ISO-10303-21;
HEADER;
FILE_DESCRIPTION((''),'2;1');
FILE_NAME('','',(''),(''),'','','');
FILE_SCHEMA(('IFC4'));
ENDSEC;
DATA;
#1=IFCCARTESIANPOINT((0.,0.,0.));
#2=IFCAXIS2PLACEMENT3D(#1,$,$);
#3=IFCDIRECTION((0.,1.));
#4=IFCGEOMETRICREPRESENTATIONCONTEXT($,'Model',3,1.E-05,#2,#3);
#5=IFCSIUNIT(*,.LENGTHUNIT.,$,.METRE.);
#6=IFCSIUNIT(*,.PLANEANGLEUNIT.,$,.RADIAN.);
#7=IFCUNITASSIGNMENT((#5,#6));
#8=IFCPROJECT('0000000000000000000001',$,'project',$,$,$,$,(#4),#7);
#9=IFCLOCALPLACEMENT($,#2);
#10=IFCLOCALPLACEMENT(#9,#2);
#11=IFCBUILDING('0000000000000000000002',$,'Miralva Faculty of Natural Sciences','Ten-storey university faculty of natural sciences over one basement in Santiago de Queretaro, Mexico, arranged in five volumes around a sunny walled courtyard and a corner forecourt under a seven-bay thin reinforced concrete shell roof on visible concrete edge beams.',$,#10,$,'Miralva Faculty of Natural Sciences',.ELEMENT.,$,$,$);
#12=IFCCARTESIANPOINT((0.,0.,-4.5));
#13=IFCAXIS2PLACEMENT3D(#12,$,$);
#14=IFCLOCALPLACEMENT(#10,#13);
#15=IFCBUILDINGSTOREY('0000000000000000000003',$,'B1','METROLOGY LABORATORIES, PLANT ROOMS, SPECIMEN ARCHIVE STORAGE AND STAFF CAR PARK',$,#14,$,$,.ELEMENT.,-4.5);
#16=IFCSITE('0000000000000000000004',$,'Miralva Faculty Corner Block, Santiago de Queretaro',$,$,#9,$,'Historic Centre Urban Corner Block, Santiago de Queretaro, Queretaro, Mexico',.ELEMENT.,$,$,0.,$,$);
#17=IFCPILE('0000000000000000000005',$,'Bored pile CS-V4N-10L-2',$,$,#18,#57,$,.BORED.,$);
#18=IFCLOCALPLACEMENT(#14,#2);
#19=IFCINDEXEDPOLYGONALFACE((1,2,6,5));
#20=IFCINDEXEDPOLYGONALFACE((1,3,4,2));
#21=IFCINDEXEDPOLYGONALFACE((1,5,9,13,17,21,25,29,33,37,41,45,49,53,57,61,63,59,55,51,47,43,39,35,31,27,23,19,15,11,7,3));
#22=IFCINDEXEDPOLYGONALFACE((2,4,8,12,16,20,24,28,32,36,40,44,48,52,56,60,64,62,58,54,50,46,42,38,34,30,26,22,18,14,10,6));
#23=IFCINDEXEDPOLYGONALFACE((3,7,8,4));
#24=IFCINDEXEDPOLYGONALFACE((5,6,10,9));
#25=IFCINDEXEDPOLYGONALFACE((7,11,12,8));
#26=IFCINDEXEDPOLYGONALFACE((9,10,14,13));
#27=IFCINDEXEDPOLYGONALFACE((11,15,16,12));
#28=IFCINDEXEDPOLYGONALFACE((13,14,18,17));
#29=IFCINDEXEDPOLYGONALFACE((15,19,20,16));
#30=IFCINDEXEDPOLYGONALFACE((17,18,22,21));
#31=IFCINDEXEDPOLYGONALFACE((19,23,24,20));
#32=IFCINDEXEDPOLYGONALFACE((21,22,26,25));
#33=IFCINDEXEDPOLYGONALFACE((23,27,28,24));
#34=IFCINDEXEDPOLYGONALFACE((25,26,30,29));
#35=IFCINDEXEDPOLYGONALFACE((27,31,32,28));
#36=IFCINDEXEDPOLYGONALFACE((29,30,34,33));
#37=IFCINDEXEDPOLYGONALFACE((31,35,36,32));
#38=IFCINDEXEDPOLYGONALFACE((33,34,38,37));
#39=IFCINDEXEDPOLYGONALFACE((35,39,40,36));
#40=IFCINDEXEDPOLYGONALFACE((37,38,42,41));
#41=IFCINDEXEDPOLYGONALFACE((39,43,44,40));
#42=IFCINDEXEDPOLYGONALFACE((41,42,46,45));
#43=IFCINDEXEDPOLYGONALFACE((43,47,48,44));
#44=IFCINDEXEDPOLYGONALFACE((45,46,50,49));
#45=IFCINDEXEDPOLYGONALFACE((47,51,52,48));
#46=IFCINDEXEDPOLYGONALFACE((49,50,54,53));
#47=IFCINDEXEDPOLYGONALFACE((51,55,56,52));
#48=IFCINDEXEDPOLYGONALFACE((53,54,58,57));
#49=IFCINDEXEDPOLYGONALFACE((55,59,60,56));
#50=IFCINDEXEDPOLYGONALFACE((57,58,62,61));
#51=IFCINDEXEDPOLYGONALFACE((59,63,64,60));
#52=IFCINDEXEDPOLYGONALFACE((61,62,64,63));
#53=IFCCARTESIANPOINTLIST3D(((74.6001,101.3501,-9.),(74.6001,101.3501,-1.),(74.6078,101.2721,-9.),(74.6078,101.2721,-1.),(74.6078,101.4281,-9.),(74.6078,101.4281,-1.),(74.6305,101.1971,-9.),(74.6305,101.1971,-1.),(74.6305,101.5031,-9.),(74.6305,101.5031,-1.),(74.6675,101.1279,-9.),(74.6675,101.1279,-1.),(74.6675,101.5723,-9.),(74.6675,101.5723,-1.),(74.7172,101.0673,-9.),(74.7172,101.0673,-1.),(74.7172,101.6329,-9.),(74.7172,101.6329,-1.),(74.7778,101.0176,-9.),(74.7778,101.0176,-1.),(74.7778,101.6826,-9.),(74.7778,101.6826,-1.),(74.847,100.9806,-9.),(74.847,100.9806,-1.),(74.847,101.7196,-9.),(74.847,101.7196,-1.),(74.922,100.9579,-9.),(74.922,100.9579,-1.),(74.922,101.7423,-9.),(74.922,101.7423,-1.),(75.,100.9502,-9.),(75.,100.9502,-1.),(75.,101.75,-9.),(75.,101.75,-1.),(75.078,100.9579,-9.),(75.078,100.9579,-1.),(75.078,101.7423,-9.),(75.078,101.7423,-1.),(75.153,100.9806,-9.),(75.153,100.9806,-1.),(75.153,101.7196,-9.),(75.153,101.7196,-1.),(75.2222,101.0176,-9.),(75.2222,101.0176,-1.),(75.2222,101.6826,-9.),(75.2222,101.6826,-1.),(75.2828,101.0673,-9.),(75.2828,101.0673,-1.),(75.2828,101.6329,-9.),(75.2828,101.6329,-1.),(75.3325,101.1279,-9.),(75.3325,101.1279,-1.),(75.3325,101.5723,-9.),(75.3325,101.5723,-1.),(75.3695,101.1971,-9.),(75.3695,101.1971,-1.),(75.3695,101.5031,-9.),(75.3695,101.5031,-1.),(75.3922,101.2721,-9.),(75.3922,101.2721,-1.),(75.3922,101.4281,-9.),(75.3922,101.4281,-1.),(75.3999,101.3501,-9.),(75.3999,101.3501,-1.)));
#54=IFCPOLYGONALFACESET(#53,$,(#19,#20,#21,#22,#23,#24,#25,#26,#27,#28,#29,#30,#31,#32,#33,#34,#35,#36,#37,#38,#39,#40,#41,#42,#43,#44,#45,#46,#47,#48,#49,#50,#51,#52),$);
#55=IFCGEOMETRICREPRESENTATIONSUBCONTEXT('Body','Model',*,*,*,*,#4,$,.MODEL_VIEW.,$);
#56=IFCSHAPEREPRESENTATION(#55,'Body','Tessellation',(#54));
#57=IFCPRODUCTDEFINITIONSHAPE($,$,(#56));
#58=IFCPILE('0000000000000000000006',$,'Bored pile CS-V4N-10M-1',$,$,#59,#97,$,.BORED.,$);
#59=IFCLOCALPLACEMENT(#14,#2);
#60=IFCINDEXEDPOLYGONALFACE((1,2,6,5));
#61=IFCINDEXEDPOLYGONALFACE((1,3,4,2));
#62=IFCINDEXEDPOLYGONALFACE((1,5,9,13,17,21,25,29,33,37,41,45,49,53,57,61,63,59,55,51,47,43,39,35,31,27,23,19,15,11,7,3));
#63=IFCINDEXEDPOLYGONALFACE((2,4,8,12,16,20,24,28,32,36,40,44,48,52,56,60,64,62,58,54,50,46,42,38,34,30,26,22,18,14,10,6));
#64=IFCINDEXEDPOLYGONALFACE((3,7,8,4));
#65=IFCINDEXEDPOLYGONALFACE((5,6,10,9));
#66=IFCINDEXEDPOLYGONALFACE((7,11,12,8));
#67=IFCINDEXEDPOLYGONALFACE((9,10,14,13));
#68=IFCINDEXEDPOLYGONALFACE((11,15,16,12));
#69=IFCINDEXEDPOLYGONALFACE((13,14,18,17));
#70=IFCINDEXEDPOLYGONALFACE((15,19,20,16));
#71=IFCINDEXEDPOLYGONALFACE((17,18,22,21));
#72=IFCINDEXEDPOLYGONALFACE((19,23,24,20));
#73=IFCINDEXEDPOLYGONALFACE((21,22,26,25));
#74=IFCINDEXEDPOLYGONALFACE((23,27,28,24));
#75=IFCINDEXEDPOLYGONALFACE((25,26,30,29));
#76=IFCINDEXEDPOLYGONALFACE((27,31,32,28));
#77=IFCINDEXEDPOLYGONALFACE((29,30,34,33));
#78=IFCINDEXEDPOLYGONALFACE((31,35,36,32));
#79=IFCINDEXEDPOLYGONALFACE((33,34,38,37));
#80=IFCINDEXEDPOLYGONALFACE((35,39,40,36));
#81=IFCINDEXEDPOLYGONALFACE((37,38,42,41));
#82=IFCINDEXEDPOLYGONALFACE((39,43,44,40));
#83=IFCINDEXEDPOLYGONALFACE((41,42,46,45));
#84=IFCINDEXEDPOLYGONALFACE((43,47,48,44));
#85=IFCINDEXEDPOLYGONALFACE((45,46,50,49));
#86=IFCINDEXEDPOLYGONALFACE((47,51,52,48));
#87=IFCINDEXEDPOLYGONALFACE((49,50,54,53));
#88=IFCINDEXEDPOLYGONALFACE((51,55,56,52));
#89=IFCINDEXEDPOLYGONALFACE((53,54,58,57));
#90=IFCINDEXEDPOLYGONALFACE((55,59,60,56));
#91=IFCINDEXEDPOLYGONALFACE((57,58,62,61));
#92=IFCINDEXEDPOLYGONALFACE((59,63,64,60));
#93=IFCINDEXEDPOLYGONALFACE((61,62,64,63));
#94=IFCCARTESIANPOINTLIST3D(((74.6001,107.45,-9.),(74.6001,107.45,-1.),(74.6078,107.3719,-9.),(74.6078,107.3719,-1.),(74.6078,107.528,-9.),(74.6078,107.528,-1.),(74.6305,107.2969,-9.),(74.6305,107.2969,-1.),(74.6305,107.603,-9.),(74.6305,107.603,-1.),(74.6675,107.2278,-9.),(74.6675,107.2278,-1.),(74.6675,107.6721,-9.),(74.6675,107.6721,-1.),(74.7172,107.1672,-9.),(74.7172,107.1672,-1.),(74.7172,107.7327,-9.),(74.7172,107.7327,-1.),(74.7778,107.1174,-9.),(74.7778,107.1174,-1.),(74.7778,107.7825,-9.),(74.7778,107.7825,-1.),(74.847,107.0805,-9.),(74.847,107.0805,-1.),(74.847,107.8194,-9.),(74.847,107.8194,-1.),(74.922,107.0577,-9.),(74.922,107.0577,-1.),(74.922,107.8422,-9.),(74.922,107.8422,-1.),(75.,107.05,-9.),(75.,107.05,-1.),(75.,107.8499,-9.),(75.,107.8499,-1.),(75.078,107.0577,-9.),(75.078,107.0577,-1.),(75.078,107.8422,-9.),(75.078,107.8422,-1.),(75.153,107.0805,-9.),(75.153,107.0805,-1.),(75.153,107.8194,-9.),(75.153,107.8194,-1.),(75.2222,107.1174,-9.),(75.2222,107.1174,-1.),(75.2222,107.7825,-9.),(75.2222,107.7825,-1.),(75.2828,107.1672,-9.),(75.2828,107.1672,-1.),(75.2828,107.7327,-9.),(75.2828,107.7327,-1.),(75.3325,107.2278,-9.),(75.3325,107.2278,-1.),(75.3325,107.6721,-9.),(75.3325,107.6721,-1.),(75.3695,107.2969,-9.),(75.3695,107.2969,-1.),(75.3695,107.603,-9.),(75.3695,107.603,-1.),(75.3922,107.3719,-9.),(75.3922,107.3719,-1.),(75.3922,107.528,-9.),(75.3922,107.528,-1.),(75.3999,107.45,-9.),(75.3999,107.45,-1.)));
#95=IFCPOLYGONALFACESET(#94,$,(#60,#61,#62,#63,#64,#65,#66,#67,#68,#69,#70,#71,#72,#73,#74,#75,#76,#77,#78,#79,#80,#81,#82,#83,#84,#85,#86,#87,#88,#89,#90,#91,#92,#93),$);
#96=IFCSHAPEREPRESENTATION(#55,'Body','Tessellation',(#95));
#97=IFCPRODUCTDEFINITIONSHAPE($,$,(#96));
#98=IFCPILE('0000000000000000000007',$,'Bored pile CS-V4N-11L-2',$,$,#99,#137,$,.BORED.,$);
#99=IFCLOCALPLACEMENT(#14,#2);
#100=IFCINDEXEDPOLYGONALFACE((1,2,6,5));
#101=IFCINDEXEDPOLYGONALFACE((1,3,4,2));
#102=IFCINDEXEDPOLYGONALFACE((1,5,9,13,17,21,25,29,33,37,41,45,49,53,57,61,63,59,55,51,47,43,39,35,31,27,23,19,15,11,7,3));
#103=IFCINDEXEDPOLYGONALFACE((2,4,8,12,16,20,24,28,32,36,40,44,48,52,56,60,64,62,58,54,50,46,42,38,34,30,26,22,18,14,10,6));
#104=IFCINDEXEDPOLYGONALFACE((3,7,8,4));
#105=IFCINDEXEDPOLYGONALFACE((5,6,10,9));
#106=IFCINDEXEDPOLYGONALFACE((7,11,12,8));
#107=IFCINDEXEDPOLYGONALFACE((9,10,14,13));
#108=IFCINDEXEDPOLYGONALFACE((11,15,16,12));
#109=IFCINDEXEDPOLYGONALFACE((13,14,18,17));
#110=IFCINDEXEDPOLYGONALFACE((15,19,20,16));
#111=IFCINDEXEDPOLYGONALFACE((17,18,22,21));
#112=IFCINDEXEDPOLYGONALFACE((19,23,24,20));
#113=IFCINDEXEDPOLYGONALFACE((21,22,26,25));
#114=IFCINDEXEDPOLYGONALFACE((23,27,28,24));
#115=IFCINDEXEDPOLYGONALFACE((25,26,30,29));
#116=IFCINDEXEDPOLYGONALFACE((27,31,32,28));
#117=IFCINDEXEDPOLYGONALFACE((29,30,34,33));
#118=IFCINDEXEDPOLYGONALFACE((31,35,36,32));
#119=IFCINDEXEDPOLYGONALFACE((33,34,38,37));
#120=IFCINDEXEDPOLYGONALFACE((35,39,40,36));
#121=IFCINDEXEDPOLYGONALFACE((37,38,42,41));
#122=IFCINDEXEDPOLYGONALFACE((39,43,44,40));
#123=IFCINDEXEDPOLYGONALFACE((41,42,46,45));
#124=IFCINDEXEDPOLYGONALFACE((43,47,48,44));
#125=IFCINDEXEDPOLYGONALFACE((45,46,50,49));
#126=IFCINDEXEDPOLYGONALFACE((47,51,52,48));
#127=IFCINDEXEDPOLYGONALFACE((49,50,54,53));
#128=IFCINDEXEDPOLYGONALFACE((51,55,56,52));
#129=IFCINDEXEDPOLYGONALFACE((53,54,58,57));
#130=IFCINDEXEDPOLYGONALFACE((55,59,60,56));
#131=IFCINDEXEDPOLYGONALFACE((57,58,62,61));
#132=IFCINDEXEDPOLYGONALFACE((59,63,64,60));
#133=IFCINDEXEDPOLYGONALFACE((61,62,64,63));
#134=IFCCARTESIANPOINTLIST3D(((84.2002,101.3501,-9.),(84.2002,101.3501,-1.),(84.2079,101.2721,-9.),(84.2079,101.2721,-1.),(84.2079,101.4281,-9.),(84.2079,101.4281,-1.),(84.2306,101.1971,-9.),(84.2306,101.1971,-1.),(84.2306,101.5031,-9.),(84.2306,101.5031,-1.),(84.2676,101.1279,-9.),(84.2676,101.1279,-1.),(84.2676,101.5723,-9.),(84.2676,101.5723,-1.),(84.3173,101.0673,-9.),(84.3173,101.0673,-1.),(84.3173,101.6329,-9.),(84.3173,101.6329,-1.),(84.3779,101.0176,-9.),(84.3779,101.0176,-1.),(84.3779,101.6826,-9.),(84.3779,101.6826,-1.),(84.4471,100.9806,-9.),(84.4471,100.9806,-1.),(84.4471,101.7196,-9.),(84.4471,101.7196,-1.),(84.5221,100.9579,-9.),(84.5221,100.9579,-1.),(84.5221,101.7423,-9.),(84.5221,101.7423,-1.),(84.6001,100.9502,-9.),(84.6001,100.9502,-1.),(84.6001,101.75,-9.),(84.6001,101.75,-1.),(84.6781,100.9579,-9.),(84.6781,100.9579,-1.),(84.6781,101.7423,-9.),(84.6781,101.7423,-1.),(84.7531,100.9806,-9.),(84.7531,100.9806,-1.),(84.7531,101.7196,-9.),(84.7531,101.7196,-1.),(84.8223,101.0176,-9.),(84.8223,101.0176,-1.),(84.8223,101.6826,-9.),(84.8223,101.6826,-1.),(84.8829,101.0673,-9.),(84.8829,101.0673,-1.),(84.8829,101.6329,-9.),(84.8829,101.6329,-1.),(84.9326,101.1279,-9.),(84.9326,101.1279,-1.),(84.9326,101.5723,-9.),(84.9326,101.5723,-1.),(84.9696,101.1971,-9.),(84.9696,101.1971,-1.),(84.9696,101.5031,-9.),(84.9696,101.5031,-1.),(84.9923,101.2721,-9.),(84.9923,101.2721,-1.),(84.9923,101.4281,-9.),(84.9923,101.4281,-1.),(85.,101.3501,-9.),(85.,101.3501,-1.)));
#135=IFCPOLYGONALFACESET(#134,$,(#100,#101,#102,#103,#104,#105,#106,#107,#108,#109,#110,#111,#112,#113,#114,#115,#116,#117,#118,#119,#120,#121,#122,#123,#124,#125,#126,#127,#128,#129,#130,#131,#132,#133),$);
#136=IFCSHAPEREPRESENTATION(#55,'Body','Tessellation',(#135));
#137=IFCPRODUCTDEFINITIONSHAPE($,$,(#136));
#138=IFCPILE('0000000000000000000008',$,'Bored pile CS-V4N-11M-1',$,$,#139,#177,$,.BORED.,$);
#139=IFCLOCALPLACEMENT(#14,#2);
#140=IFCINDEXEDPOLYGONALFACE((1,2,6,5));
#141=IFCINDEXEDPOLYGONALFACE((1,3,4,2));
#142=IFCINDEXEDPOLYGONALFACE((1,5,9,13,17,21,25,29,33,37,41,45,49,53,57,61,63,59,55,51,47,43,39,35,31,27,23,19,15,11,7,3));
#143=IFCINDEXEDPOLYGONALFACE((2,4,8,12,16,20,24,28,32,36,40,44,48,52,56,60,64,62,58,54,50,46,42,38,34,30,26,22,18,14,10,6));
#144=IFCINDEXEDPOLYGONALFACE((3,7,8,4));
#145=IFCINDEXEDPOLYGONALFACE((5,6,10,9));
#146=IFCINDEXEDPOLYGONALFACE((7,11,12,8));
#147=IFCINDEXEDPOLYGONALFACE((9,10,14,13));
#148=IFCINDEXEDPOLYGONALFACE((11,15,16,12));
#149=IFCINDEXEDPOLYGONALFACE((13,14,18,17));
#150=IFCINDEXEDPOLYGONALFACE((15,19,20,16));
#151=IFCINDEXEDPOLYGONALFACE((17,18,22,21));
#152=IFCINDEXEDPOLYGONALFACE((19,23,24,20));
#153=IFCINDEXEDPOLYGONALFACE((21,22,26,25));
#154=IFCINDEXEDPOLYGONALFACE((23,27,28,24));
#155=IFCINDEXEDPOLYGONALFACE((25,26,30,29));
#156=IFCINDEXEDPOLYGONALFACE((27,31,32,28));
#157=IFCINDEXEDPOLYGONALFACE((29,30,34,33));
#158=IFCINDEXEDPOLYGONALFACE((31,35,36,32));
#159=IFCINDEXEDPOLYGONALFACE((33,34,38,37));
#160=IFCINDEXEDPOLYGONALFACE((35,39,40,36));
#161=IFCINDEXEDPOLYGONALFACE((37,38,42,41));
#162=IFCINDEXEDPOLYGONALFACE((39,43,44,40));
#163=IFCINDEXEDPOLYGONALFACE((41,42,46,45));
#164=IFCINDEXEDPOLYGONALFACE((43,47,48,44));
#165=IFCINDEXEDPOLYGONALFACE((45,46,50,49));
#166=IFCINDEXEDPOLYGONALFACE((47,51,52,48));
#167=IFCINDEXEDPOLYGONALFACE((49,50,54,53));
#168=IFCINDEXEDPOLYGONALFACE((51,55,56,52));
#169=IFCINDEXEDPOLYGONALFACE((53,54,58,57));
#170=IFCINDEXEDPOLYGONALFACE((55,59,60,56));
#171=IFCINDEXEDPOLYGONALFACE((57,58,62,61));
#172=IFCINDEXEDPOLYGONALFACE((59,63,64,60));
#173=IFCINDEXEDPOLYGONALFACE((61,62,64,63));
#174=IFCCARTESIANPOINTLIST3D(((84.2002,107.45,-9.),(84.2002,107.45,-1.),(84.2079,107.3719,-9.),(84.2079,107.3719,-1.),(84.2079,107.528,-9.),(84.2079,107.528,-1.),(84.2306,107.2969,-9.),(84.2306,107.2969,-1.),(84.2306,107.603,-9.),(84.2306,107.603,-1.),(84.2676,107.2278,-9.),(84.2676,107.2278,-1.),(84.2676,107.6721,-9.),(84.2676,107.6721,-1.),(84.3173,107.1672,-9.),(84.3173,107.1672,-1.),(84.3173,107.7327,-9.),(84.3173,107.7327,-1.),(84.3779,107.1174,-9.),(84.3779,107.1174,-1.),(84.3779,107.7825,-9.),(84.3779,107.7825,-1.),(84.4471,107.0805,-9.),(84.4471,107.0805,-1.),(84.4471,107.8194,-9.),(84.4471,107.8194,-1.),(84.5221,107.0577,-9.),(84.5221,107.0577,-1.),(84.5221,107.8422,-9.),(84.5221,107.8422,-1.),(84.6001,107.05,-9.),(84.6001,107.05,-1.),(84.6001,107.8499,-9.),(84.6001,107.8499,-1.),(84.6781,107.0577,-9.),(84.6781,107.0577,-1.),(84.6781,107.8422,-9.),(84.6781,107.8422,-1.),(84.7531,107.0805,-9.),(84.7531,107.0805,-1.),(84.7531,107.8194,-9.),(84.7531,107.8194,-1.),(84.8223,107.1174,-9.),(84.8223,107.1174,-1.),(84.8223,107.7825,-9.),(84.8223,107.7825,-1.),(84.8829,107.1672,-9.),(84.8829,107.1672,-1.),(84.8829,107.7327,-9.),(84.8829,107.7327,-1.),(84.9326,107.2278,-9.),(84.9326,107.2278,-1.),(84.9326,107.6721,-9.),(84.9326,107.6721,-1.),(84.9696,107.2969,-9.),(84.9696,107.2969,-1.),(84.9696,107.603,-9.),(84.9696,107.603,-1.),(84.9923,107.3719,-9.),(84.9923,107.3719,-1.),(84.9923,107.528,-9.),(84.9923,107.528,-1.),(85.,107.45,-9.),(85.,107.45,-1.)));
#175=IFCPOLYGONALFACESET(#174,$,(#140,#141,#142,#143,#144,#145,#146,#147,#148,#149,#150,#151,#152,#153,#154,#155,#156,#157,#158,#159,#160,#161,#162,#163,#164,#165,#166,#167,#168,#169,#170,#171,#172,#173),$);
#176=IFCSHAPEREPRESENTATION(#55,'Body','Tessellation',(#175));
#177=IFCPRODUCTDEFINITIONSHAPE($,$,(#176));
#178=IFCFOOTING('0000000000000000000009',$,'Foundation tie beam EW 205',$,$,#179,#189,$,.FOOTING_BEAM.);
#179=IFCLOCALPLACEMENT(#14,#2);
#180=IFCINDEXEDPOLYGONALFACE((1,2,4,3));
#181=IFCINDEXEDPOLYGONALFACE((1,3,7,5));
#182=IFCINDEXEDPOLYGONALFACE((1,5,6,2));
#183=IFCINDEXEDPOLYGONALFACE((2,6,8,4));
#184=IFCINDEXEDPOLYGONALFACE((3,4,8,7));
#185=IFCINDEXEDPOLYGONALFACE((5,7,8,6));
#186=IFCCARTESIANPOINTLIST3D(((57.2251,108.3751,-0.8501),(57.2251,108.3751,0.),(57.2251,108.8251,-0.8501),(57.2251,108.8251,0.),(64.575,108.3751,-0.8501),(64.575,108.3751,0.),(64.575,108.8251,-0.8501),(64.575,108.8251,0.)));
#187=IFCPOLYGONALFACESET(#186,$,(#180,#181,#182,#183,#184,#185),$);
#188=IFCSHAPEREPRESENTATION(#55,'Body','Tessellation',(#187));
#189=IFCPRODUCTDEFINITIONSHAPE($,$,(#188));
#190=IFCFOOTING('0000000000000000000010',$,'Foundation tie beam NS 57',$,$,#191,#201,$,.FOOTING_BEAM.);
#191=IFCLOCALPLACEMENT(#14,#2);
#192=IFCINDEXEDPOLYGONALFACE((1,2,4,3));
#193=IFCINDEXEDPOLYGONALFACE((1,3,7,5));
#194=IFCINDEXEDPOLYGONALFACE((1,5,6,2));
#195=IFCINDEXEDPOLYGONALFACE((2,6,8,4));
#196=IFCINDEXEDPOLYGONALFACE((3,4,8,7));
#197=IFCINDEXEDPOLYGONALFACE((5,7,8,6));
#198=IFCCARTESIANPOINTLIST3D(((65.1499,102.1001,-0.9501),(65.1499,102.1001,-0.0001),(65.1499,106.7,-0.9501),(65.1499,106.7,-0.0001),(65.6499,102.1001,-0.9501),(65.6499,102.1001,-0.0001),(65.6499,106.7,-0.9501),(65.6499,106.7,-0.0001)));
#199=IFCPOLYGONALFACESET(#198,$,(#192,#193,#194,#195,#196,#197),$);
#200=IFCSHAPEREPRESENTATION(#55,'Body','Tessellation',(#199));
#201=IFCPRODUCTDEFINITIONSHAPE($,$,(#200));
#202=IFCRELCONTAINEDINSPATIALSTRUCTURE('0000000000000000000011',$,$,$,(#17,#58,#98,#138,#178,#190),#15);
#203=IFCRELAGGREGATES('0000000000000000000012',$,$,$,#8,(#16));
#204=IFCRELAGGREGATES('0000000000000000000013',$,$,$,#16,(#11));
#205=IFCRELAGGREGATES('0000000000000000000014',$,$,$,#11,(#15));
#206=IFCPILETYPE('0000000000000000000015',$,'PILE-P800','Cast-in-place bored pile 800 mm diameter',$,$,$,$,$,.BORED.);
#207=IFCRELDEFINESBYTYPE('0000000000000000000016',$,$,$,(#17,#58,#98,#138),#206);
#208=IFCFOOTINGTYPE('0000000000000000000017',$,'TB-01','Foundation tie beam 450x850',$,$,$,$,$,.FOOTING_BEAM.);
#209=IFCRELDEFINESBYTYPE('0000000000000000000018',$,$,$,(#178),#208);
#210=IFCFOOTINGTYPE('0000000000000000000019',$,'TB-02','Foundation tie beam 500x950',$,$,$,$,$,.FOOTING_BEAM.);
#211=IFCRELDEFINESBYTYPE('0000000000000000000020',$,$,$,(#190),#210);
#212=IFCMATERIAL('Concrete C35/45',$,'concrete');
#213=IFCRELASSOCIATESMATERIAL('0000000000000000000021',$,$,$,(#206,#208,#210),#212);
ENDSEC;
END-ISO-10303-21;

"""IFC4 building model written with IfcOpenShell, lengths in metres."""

from ifc_helpers import new_model, si_unit, direction, frame, origin, origin_2d, place, context, subcontext, project, spatial, rectangle, circle, extrude, material, material_profile, profile_set, type_object, element, save


model = new_model("IFC4")

# Units and contexts
model_context = context("Model", 3, precision=1e-05, world=origin(), true_north=direction((0.0, 1.0)))
body_context = subcontext(model_context, "Body", "Model", "MODEL_VIEW")
ifc_project = project(units=[si_unit("LENGTHUNIT", "METRE"), si_unit("PLANEANGLEUNIT", "RADIAN")], contexts=[model_context])

# Site, building, storey
site_placement = place(None, origin())
site = spatial("IfcSite", under=ifc_project, at=site_placement, Name="Miralva Faculty Corner Block, Santiago de Queretaro", LongName="Historic Centre Urban Corner Block, Santiago de Queretaro, Queretaro, Mexico", CompositionType="ELEMENT", RefElevation=0.0)
building_placement = place(site_placement, origin())
building = spatial("IfcBuilding", under=site, at=building_placement, Name="Miralva Faculty of Natural Sciences", Description="Ten-storey university faculty of natural sciences over one basement in Santiago de Queretaro, Mexico, arranged in five volumes around a sunny walled courtyard and a corner forecourt under a seven-bay thin reinforced concrete shell roof on visible concrete edge beams.", LongName="Miralva Faculty of Natural Sciences", CompositionType="ELEMENT")
storey_placement = place(building_placement, frame((0.0, 0.0, -4.5)))
storey = spatial("IfcBuildingStorey", under=building, at=storey_placement, Name="B1", Description="METROLOGY LABORATORIES, PLANT ROOMS, SPECIMEN ARCHIVE STORAGE AND STAFF CAR PARK", CompositionType="ELEMENT", Elevation=-4.5)

# Piles
ifc_material_1 = material(Name="Concrete C35/45", Category="concrete")
ifc_material_profile_1 = material_profile(ifc_material_1, circle(Radius=0.3999, at=origin_2d()), Name="BORED PILE 800")
ifc_profile_set_1 = profile_set([ifc_material_profile_1], Name="Concrete C35/45")
pile_type_1 = type_object("IfcPileType", Name="PILE-P800", Description="Cast-in-place bored pile 800 mm diameter", PredefinedType="BORED", material=ifc_profile_set_1)
for number, where, z_axis, x_axis, name in (
    (1, (75.0, 101.3501, -1.0), (0.0, 0.0, -1.0), (1.0, 0.0, 0.0), "Bored pile CS-V4N-10L-2"),
    (2, (75.0, 107.45, -1.0), (0.0, 0.0, -1.0), (1.0, 0.0, 0.0), "Bored pile CS-V4N-10M-1"),
    (3, (84.6001, 101.3501, -1.0), (0.0, 0.0, -1.0), (1.0, 0.0, 0.0), "Bored pile CS-V4N-11L-2"),
    (4, (84.6001, 107.45, -1.0), (0.0, 0.0, -1.0), (1.0, 0.0, 0.0), "Bored pile CS-V4N-11M-1"),
):
    element("IfcPile", number, at=place(storey_placement, frame(where, z_axis=z_axis, x_axis=x_axis)), inside=storey, type_object=pile_type_1, Name=name, PredefinedType="BORED", context=body_context, shape_type="SweptSolid", body=[
        extrude(circle(Radius=0.3999, at=origin_2d()), origin(), (0.0, 0.0, 1.0), 8.0),
    ])

# Footings
ifc_material_profile_2 = material_profile(ifc_material_1, rectangle(XDim=0.45, YDim=0.8501, at=origin_2d()), Name="RC 450x850")
ifc_profile_set_2 = profile_set([ifc_material_profile_2], Name="Concrete C35/45")
footing_type_1 = type_object("IfcFootingType", Name="TB-01", Description="Foundation tie beam 450x850", PredefinedType="FOOTING_BEAM", material=ifc_profile_set_2)
footing_1_placement = place(storey_placement, frame((57.2251, 108.6001, -0.425), z_axis=(1.0, 0.0, 0.0), x_axis=(0.0, 1.0, 0.0)))
element("IfcFooting", 5, at=footing_1_placement, inside=storey, type_object=footing_type_1, Name="Foundation tie beam EW 205", PredefinedType="FOOTING_BEAM", context=body_context, shape_type="SweptSolid", body=[
    extrude(rectangle(XDim=0.45, YDim=0.8501, at=origin_2d()), origin(), (0.0, 0.0, 1.0), 7.3499),
])
ifc_material_profile_3 = material_profile(ifc_material_1, rectangle(XDim=0.5, YDim=0.95, at=origin_2d()), Name="RC 500x950")
ifc_profile_set_3 = profile_set([ifc_material_profile_3], Name="Concrete C35/45")
footing_type_2 = type_object("IfcFootingType", Name="TB-02", Description="Foundation tie beam 500x950", PredefinedType="FOOTING_BEAM", material=ifc_profile_set_3)
for number, where, z_axis, x_axis, name in (
    (6, (65.3999, 102.1001, -0.4751), (0.0, 1.0, 0.0), (-1.0, 0.0, 0.0), "Foundation tie beam NS 57"),
):
    element("IfcFooting", number, at=place(storey_placement, frame(where, z_axis=z_axis, x_axis=x_axis)), inside=storey, type_object=footing_type_2, Name=name, PredefinedType="FOOTING_BEAM", context=body_context, shape_type="SweptSolid", body=[
        extrude(rectangle(XDim=0.5, YDim=0.95, at=origin_2d()), origin(), (0.0, 0.0, 1.0), 4.5999),
    ])

save(model, "model.ifc")
